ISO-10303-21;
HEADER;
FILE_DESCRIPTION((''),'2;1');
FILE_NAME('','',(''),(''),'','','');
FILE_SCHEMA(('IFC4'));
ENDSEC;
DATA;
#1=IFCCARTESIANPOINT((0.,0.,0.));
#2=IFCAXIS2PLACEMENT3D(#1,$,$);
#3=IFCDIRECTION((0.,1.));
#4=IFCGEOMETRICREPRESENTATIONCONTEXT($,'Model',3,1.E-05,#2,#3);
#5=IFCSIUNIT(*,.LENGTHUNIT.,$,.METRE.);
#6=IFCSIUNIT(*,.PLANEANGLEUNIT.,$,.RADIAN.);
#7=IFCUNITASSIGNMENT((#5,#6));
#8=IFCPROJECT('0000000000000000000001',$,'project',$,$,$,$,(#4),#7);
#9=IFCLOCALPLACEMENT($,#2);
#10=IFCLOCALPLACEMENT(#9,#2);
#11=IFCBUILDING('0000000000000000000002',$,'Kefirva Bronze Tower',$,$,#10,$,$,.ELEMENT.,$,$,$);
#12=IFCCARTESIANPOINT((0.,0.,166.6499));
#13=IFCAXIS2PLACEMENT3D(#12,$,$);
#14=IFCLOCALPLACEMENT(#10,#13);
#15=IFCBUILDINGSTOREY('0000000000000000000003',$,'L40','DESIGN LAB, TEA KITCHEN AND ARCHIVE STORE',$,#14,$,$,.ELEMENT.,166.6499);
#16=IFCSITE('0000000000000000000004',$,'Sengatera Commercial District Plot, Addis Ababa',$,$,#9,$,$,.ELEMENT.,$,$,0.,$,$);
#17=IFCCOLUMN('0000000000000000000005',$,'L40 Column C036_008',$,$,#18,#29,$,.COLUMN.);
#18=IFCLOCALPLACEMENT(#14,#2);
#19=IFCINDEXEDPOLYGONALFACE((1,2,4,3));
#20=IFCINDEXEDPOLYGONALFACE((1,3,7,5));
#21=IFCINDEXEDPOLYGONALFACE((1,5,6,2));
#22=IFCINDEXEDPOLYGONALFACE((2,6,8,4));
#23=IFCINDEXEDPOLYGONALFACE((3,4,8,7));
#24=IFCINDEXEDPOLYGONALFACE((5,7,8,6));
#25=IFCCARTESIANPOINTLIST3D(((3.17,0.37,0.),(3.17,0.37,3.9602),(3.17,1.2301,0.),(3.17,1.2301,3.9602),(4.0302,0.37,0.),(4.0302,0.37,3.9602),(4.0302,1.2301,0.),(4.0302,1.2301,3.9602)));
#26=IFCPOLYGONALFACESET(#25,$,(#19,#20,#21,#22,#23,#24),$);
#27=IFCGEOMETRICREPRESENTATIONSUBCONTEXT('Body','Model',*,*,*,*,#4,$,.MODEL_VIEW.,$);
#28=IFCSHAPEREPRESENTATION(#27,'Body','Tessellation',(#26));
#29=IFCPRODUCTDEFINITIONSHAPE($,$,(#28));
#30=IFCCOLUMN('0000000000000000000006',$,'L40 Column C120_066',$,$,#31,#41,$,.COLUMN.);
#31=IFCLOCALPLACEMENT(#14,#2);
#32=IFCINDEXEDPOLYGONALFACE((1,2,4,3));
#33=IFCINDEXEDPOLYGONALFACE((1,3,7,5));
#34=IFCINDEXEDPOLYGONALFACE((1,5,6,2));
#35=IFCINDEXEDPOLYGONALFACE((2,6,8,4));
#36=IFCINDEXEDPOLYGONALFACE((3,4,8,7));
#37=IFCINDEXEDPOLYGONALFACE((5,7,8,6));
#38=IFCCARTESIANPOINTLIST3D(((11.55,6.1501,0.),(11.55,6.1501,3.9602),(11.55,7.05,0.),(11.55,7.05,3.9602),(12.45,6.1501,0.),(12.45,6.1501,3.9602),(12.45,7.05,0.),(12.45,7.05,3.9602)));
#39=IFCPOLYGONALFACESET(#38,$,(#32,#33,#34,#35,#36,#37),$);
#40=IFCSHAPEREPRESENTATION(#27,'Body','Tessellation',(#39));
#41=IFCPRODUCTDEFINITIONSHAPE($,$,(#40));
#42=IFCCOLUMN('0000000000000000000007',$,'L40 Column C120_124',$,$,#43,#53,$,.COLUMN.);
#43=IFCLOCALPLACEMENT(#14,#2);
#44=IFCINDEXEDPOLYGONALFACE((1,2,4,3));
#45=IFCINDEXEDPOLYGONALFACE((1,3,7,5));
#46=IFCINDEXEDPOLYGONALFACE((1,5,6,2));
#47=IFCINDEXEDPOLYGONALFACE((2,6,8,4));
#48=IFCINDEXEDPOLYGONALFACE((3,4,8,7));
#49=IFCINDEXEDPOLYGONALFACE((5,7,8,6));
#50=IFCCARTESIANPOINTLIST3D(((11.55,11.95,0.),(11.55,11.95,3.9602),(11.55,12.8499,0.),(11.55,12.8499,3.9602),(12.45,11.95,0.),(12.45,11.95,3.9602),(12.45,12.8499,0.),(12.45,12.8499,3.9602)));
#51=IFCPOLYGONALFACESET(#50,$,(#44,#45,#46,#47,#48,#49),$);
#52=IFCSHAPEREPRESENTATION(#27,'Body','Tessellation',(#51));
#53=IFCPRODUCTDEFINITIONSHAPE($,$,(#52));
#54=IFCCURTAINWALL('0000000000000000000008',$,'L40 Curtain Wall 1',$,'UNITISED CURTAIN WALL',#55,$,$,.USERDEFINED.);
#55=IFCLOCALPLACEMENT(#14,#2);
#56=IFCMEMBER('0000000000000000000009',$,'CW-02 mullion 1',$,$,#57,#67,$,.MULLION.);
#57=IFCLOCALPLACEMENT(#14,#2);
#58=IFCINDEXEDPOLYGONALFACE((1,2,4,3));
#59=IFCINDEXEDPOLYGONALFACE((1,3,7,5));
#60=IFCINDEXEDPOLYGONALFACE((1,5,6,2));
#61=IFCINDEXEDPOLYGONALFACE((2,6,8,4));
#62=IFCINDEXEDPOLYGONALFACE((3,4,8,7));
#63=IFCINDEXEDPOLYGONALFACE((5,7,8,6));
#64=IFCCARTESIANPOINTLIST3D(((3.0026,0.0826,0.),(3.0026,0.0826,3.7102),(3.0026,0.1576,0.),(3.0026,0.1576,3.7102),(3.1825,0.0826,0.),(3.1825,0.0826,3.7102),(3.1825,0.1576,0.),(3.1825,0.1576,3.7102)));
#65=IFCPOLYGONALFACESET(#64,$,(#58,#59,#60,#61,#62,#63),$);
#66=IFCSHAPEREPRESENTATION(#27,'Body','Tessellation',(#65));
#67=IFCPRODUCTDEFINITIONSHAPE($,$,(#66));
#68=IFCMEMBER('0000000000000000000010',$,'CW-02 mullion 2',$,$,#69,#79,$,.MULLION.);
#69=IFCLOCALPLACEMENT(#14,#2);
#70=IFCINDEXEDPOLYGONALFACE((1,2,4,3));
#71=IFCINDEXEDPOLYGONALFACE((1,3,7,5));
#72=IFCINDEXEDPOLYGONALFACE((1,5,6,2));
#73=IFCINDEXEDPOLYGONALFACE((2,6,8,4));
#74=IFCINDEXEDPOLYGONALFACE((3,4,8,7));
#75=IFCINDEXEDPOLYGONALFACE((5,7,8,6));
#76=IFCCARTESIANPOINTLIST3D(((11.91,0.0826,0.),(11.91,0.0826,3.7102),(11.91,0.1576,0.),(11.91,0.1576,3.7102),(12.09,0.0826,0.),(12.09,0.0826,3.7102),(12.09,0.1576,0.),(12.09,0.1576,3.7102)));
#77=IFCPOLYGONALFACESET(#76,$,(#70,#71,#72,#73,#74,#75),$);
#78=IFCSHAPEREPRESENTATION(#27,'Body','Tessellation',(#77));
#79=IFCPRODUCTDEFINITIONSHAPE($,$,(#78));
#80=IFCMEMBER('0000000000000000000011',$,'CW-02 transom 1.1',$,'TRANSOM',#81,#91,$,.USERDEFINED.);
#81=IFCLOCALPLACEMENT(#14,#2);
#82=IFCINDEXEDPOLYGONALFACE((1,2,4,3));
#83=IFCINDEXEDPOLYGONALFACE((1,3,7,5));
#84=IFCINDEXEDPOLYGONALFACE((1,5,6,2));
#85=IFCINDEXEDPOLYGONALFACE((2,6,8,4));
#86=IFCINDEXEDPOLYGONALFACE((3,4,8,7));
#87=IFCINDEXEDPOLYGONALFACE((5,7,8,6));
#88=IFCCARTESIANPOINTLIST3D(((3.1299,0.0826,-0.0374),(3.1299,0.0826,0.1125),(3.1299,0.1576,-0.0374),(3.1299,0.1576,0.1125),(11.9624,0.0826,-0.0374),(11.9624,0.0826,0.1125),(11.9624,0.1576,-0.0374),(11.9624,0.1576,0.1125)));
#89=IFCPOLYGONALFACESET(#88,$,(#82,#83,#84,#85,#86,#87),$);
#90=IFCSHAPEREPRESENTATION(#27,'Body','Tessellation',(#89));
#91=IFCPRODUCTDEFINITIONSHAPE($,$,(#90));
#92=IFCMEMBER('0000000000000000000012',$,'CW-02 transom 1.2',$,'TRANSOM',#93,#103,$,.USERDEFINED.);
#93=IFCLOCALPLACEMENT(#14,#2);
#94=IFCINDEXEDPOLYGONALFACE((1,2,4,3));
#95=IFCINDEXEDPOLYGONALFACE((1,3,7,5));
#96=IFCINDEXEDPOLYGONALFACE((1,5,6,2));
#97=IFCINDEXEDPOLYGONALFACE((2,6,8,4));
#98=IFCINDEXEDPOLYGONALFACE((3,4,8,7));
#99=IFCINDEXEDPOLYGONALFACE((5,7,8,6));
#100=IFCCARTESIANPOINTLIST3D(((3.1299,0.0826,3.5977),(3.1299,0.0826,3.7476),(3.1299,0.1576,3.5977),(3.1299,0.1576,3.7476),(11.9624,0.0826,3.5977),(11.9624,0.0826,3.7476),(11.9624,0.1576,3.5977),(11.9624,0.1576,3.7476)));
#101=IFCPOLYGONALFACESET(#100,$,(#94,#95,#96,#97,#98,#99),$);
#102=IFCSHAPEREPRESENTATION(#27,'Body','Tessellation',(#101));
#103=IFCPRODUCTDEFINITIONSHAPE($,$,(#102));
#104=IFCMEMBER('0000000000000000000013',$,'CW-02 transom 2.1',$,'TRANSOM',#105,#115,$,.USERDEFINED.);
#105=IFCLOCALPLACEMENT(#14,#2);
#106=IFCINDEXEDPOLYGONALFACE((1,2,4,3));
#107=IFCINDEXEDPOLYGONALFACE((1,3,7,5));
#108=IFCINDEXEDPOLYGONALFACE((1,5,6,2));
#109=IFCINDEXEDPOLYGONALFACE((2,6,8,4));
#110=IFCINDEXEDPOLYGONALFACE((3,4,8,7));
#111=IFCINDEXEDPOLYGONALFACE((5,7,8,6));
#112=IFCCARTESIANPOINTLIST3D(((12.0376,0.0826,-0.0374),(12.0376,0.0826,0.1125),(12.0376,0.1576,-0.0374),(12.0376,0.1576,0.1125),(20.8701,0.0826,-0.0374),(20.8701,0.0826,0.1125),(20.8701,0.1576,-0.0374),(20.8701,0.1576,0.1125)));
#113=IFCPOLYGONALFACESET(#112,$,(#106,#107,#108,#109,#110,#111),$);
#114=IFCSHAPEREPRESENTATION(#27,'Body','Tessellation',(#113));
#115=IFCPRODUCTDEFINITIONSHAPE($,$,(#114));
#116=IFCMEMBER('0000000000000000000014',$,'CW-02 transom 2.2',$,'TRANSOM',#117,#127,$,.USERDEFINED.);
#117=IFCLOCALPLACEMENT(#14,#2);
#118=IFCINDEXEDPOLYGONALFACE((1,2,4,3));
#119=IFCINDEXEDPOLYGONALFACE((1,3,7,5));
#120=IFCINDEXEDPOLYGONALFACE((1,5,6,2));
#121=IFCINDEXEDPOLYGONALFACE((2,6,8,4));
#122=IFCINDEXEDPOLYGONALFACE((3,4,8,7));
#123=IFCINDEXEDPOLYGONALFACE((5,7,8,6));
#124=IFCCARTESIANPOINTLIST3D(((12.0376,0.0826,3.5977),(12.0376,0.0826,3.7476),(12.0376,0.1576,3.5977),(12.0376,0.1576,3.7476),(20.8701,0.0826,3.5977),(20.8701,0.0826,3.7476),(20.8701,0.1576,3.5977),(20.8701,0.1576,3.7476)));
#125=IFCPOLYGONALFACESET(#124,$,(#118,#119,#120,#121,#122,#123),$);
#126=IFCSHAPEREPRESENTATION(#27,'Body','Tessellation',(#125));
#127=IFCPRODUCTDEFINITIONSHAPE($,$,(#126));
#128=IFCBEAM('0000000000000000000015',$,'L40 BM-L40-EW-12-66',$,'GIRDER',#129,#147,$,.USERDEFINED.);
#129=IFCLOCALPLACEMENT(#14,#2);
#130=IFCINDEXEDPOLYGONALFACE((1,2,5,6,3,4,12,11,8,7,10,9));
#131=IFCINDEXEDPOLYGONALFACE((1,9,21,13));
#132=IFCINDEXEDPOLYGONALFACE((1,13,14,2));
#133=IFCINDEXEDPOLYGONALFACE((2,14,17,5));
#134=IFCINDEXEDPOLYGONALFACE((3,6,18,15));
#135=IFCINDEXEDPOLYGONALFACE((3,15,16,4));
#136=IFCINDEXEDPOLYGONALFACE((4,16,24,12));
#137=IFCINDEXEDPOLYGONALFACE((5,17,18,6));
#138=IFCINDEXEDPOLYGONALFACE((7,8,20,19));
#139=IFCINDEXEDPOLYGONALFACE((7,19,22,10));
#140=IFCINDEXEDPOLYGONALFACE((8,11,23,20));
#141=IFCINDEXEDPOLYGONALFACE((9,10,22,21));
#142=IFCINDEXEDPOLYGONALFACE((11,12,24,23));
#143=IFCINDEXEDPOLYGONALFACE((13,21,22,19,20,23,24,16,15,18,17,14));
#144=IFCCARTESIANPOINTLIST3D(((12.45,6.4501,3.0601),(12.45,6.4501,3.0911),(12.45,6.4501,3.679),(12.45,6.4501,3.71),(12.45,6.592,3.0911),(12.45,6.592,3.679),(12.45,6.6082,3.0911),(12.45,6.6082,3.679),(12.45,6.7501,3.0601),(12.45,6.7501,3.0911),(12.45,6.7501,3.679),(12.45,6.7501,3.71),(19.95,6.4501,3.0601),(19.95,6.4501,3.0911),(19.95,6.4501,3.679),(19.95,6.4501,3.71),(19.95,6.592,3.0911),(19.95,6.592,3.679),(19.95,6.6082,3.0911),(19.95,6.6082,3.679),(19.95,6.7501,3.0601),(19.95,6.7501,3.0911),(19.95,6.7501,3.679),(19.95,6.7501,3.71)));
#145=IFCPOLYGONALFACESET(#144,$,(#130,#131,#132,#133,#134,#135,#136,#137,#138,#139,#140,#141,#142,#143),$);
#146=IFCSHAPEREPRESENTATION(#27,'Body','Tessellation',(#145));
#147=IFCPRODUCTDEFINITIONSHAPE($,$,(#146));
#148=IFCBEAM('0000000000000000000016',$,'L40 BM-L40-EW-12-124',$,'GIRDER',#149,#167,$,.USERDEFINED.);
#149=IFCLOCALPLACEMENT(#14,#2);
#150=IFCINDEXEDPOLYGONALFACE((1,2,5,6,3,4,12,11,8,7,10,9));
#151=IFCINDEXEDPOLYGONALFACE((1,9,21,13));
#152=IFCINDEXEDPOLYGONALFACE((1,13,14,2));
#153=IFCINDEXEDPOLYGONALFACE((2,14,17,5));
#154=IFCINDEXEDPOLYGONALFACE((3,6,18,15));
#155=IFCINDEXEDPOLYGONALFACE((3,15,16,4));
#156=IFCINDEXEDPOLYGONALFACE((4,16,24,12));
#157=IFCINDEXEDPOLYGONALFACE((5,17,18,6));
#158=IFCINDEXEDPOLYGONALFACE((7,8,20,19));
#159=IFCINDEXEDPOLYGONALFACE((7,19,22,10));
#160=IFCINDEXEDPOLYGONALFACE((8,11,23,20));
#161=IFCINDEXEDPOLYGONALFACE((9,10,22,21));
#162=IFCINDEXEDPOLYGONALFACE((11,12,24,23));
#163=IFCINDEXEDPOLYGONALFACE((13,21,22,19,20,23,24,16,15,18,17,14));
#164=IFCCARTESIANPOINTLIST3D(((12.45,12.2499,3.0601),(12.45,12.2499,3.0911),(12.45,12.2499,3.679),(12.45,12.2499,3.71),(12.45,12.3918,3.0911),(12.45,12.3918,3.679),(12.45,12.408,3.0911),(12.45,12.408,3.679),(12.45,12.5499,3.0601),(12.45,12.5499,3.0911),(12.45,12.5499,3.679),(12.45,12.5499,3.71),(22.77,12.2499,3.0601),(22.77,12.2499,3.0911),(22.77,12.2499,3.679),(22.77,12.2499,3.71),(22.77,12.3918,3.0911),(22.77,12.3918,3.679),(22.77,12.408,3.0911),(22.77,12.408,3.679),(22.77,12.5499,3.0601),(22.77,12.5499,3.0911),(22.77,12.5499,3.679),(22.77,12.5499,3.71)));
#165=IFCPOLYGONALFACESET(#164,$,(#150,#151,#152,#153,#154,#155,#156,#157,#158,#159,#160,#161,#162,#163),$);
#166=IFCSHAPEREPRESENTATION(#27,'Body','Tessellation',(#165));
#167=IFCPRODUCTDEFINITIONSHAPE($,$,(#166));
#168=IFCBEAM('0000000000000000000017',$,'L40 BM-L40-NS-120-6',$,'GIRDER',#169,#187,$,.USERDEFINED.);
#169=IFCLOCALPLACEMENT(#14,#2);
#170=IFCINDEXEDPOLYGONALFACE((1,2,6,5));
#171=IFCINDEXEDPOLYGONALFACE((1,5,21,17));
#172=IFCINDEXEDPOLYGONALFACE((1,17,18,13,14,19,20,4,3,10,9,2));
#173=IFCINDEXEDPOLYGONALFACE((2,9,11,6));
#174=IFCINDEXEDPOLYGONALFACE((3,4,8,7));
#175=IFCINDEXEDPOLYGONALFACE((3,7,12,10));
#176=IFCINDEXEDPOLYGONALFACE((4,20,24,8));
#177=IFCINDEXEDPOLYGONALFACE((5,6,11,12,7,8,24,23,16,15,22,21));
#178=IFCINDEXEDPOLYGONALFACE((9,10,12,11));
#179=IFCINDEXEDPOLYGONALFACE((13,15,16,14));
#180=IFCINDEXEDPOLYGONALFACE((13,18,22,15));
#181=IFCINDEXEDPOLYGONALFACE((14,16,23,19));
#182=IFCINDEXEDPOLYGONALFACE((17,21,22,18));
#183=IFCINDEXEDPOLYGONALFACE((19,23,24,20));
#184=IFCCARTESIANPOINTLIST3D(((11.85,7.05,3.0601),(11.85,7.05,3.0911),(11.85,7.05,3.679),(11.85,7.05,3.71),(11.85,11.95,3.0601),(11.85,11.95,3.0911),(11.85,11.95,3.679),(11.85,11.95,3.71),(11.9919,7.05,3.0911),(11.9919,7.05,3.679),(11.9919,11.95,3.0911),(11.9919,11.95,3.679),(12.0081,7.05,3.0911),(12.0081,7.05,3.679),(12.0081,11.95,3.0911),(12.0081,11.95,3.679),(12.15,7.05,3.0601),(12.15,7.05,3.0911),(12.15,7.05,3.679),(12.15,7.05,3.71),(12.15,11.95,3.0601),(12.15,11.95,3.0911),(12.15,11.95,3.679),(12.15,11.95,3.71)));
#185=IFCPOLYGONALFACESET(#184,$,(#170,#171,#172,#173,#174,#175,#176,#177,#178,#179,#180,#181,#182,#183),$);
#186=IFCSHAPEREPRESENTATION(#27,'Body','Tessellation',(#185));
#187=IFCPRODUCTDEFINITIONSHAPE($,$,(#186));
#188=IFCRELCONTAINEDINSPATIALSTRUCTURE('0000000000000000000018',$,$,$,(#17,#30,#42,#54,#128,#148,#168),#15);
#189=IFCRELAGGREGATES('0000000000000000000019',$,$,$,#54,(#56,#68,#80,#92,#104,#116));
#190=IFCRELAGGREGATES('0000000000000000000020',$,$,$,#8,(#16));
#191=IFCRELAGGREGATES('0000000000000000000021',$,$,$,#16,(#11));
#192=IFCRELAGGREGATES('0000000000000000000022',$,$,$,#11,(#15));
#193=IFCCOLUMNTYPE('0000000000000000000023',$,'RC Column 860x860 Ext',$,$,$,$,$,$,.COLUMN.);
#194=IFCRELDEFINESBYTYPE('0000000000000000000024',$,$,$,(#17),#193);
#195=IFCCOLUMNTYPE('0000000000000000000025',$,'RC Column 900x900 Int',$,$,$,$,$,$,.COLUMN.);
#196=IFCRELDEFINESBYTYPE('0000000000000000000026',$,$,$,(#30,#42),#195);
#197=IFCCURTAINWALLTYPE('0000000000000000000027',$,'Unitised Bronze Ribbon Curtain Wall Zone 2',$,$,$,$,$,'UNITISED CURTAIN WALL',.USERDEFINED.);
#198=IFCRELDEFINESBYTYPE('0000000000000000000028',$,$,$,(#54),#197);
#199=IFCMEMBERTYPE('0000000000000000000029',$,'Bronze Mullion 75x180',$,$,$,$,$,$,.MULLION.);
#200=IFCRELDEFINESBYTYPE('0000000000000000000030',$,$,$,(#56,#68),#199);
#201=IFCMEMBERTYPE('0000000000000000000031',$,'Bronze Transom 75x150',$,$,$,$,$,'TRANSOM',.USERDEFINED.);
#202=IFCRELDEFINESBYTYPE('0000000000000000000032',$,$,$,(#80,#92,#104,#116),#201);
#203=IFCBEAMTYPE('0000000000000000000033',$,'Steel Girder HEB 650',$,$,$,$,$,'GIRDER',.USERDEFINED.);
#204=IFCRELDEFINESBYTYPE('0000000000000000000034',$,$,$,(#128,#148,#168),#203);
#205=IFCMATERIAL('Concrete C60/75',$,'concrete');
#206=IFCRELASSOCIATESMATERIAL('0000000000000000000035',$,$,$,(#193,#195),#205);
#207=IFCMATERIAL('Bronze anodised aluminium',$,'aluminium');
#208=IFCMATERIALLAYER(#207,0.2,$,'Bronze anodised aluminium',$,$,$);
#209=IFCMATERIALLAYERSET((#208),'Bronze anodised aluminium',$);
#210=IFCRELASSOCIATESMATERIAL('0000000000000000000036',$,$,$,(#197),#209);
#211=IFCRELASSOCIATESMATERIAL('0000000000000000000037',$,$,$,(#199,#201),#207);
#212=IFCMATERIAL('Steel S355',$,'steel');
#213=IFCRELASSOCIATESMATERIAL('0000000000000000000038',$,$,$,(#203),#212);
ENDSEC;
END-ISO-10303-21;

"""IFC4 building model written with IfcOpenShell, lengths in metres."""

from ifc_helpers import new_model, si_unit, direction, frame, origin, origin_2d, place, context, subcontext, project, spatial, rectangle, i_section, extrude, material, layer, layer_set, material_profile, profile_set, type_object, element, aggregate, save


model = new_model("IFC4")

# Units and contexts
model_context = context("Model", 3, precision=1e-05, world=origin(), true_north=direction((0.0, 1.0)))
body_context = subcontext(model_context, "Body", "Model", "MODEL_VIEW")
ifc_project = project(units=[si_unit("LENGTHUNIT", "METRE"), si_unit("PLANEANGLEUNIT", "RADIAN")], contexts=[model_context])

# Site, building, storey
site_placement = place(None, origin())
site = spatial("IfcSite", under=ifc_project, at=site_placement, Name="Sengatera Commercial District Plot, Addis Ababa", CompositionType="ELEMENT", RefElevation=0.0)
building_placement = place(site_placement, origin())
building = spatial("IfcBuilding", under=site, at=building_placement, Name="Kefirva Bronze Tower", CompositionType="ELEMENT")
storey_placement = place(building_placement, frame((0.0, 0.0, 166.6499)))
storey = spatial("IfcBuildingStorey", under=building, at=storey_placement, Name="L40", Description="DESIGN LAB, TEA KITCHEN AND ARCHIVE STORE", CompositionType="ELEMENT", Elevation=166.6499)

# Columns
ifc_material_1 = material(Name="Concrete C60/75", Category="concrete")
ifc_material_profile_1 = material_profile(ifc_material_1, rectangle(XDim=0.8601, YDim=0.8601, at=origin_2d()), Name="RC 860x860")
ifc_profile_set_1 = profile_set([ifc_material_profile_1], Name="Concrete C60/75")
column_type_1 = type_object("IfcColumnType", Name="RC Column 860x860 Ext", PredefinedType="COLUMN", material=ifc_profile_set_1)
column_placement = place(storey_placement, frame((3.6001, 0.8, 0.0), z_axis=(0.0, 0.0, 1.0), x_axis=(1.0, 0.0, 0.0)))
element("IfcColumn", 1, at=column_placement, inside=storey, type_object=column_type_1, Name="L40 Column C036_008", PredefinedType="COLUMN", context=body_context, shape_type="SweptSolid", body=[
    extrude(rectangle(XDim=0.8601, YDim=0.8601, at=origin_2d()), origin(), (0.0, 0.0, 1.0), 3.9602),
])
ifc_material_profile_2 = material_profile(ifc_material_1, rectangle(XDim=0.8999, YDim=0.8999, at=origin_2d()), Name="RC 900x900")
ifc_profile_set_2 = profile_set([ifc_material_profile_2], Name="Concrete C60/75")
column_type_2 = type_object("IfcColumnType", Name="RC Column 900x900 Int", PredefinedType="COLUMN", material=ifc_profile_set_2)
for number, where, z_axis, x_axis, name in (
    (2, (12.0, 6.6001, 0.0), (0.0, 0.0, 1.0), (1.0, 0.0, 0.0), "L40 Column C120_066"),
    (3, (12.0, 12.3999, 0.0), (0.0, 0.0, 1.0), (1.0, 0.0, 0.0), "L40 Column C120_124"),
):
    element("IfcColumn", number, at=place(storey_placement, frame(where, z_axis=z_axis, x_axis=x_axis)), inside=storey, type_object=column_type_2, Name=name, PredefinedType="COLUMN", context=body_context, shape_type="SweptSolid", body=[
        extrude(rectangle(XDim=0.8999, YDim=0.8999, at=origin_2d()), origin(), (0.0, 0.0, 1.0), 3.9602),
    ])

# Curtain wall, members
ifc_material_2 = material(Name="Bronze anodised aluminium", Category="aluminium")
ifc_layer_1 = layer(ifc_material_2, 0.2, Name="Bronze anodised aluminium")
ifc_layer_set_1 = layer_set([ifc_layer_1], Name="Bronze anodised aluminium")
curtain_wall_type = type_object("IfcCurtainWallType", Name="Unitised Bronze Ribbon Curtain Wall Zone 2", ElementType="UNITISED CURTAIN WALL", PredefinedType="USERDEFINED", material=ifc_layer_set_1)
curtain_wall_placement = place(storey_placement, origin())
curtain_wall = element("IfcCurtainWall", 4, at=curtain_wall_placement, inside=storey, type_object=curtain_wall_type, Name="L40 Curtain Wall 1", ObjectType="UNITISED CURTAIN WALL", PredefinedType="USERDEFINED")
ifc_material_profile_3 = material_profile(ifc_material_2, rectangle(XDim=0.075, YDim=0.1799, at=origin_2d()), Name="ALU 75x180")
ifc_profile_set_3 = profile_set([ifc_material_profile_3], Name="Bronze anodised aluminium")
member_type_1 = type_object("IfcMemberType", Name="Bronze Mullion 75x180", PredefinedType="MULLION", material=ifc_profile_set_3)
member_1_placement = place(storey_placement, frame((3.0925, 0.1201, 0.0), z_axis=(0.0, 0.0, 1.0), x_axis=(0.0, 1.0, 0.0)))
member_1 = element("IfcMember", 5, at=member_1_placement, type_object=member_type_1, Name="CW-02 mullion 1", PredefinedType="MULLION", context=body_context, shape_type="SweptSolid", body=[
    extrude(rectangle(XDim=0.075, YDim=0.1799, at=origin_2d()), origin(), (0.0, 0.0, 1.0), 3.7102),
])
member_2_placement = place(storey_placement, frame((12.0, 0.1201, 0.0), z_axis=(0.0, 0.0, 1.0), x_axis=(0.0, 1.0, 0.0)))
member_2 = element("IfcMember", 6, at=member_2_placement, type_object=member_type_1, Name="CW-02 mullion 2", PredefinedType="MULLION", context=body_context, shape_type="SweptSolid", body=[
    extrude(rectangle(XDim=0.075, YDim=0.1799, at=origin_2d()), origin(), (0.0, 0.0, 1.0), 3.7102),
])
ifc_material_profile_4 = material_profile(ifc_material_2, rectangle(XDim=0.075, YDim=0.1499, at=origin_2d()), Name="ALU 75x150")
ifc_profile_set_4 = profile_set([ifc_material_profile_4], Name="Bronze anodised aluminium")
member_type_2 = type_object("IfcMemberType", Name="Bronze Transom 75x150", ElementType="TRANSOM", PredefinedType="USERDEFINED", material=ifc_profile_set_4)
member_3_placement = place(storey_placement, frame((3.1299, 0.1201, 0.0376), z_axis=(1.0, 0.0, 0.0), x_axis=(0.0, 1.0, 0.0)))
member_3 = element("IfcMember", 7, at=member_3_placement, type_object=member_type_2, Name="CW-02 transom 1.1", ObjectType="TRANSOM", PredefinedType="USERDEFINED", context=body_context, shape_type="SweptSolid", body=[
    extrude(rectangle(XDim=0.075, YDim=0.1499, at=origin_2d()), origin(), (0.0, 0.0, 1.0), 8.8325),
])
member_4_placement = place(storey_placement, frame((3.1299, 0.1201, 3.6726), z_axis=(1.0, 0.0, 0.0), x_axis=(0.0, 1.0, 0.0)))
member_4 = element("IfcMember", 8, at=member_4_placement, type_object=member_type_2, Name="CW-02 transom 1.2", ObjectType="TRANSOM", PredefinedType="USERDEFINED", context=body_context, shape_type="SweptSolid", body=[
    extrude(rectangle(XDim=0.075, YDim=0.1499, at=origin_2d()), origin(), (0.0, 0.0, 1.0), 8.8325),
])
member_5_placement = place(storey_placement, frame((12.0376, 0.1201, 0.0376), z_axis=(1.0, 0.0, 0.0), x_axis=(0.0, 1.0, 0.0)))
member_5 = element("IfcMember", 9, at=member_5_placement, type_object=member_type_2, Name="CW-02 transom 2.1", ObjectType="TRANSOM", PredefinedType="USERDEFINED", context=body_context, shape_type="SweptSolid", body=[
    extrude(rectangle(XDim=0.075, YDim=0.1499, at=origin_2d()), origin(), (0.0, 0.0, 1.0), 8.8325),
])
member_6_placement = place(storey_placement, frame((12.0376, 0.1201, 3.6726), z_axis=(1.0, 0.0, 0.0), x_axis=(0.0, 1.0, 0.0)))
member_6 = element("IfcMember", 10, at=member_6_placement, type_object=member_type_2, Name="CW-02 transom 2.2", ObjectType="TRANSOM", PredefinedType="USERDEFINED", context=body_context, shape_type="SweptSolid", body=[
    extrude(rectangle(XDim=0.075, YDim=0.1499, at=origin_2d()), origin(), (0.0, 0.0, 1.0), 8.8325),
])

# Beams
ifc_material_3 = material(Name="Steel S355", Category="steel")
ifc_material_profile_5 = material_profile(ifc_material_3, i_section(OverallWidth=0.3, OverallDepth=0.6499, WebThickness=0.0161, FlangeThickness=0.031, at=origin_2d()), Name="HEB 650")
ifc_profile_set_5 = profile_set([ifc_material_profile_5], Name="Steel S355")
beam_type_1 = type_object("IfcBeamType", Name="Steel Girder HEB 650", ElementType="GIRDER", PredefinedType="USERDEFINED", material=ifc_profile_set_5)
beam_1_placement = place(storey_placement, frame((12.45, 6.6001, 3.385), z_axis=(1.0, 0.0, 0.0), x_axis=(0.0, 1.0, 0.0)))
element("IfcBeam", 11, at=beam_1_placement, inside=storey, type_object=beam_type_1, Name="L40 BM-L40-EW-12-66", ObjectType="GIRDER", PredefinedType="USERDEFINED", context=body_context, shape_type="SweptSolid", body=[
    extrude(i_section(OverallWidth=0.3, OverallDepth=0.6499, WebThickness=0.0161, FlangeThickness=0.031, at=origin_2d()), origin(), (0.0, 0.0, 1.0), 7.5),
])
beam_2_placement = place(storey_placement, frame((12.45, 12.3999, 3.385), z_axis=(1.0, 0.0, 0.0), x_axis=(0.0, 1.0, 0.0)))
element("IfcBeam", 12, at=beam_2_placement, inside=storey, type_object=beam_type_1, Name="L40 BM-L40-EW-12-124", ObjectType="GIRDER", PredefinedType="USERDEFINED", context=body_context, shape_type="SweptSolid", body=[
    extrude(i_section(OverallWidth=0.3, OverallDepth=0.6499, WebThickness=0.0161, FlangeThickness=0.031, at=origin_2d()), origin(), (0.0, 0.0, 1.0), 10.3201),
])
beam_3_placement = place(storey_placement, frame((12.0, 7.05, 3.385), z_axis=(0.0, 1.0, 0.0), x_axis=(-1.0, 0.0, 0.0)))
element("IfcBeam", 13, at=beam_3_placement, inside=storey, type_object=beam_type_1, Name="L40 BM-L40-NS-120-6", ObjectType="GIRDER", PredefinedType="USERDEFINED", context=body_context, shape_type="SweptSolid", body=[
    extrude(i_section(OverallWidth=0.3, OverallDepth=0.6499, WebThickness=0.0161, FlangeThickness=0.031, at=origin_2d()), origin(), (0.0, 0.0, 1.0), 4.8999),
])

aggregate(curtain_wall, [member_1, member_2, member_3, member_4, member_5, member_6])

save(model, "model.ifc")
